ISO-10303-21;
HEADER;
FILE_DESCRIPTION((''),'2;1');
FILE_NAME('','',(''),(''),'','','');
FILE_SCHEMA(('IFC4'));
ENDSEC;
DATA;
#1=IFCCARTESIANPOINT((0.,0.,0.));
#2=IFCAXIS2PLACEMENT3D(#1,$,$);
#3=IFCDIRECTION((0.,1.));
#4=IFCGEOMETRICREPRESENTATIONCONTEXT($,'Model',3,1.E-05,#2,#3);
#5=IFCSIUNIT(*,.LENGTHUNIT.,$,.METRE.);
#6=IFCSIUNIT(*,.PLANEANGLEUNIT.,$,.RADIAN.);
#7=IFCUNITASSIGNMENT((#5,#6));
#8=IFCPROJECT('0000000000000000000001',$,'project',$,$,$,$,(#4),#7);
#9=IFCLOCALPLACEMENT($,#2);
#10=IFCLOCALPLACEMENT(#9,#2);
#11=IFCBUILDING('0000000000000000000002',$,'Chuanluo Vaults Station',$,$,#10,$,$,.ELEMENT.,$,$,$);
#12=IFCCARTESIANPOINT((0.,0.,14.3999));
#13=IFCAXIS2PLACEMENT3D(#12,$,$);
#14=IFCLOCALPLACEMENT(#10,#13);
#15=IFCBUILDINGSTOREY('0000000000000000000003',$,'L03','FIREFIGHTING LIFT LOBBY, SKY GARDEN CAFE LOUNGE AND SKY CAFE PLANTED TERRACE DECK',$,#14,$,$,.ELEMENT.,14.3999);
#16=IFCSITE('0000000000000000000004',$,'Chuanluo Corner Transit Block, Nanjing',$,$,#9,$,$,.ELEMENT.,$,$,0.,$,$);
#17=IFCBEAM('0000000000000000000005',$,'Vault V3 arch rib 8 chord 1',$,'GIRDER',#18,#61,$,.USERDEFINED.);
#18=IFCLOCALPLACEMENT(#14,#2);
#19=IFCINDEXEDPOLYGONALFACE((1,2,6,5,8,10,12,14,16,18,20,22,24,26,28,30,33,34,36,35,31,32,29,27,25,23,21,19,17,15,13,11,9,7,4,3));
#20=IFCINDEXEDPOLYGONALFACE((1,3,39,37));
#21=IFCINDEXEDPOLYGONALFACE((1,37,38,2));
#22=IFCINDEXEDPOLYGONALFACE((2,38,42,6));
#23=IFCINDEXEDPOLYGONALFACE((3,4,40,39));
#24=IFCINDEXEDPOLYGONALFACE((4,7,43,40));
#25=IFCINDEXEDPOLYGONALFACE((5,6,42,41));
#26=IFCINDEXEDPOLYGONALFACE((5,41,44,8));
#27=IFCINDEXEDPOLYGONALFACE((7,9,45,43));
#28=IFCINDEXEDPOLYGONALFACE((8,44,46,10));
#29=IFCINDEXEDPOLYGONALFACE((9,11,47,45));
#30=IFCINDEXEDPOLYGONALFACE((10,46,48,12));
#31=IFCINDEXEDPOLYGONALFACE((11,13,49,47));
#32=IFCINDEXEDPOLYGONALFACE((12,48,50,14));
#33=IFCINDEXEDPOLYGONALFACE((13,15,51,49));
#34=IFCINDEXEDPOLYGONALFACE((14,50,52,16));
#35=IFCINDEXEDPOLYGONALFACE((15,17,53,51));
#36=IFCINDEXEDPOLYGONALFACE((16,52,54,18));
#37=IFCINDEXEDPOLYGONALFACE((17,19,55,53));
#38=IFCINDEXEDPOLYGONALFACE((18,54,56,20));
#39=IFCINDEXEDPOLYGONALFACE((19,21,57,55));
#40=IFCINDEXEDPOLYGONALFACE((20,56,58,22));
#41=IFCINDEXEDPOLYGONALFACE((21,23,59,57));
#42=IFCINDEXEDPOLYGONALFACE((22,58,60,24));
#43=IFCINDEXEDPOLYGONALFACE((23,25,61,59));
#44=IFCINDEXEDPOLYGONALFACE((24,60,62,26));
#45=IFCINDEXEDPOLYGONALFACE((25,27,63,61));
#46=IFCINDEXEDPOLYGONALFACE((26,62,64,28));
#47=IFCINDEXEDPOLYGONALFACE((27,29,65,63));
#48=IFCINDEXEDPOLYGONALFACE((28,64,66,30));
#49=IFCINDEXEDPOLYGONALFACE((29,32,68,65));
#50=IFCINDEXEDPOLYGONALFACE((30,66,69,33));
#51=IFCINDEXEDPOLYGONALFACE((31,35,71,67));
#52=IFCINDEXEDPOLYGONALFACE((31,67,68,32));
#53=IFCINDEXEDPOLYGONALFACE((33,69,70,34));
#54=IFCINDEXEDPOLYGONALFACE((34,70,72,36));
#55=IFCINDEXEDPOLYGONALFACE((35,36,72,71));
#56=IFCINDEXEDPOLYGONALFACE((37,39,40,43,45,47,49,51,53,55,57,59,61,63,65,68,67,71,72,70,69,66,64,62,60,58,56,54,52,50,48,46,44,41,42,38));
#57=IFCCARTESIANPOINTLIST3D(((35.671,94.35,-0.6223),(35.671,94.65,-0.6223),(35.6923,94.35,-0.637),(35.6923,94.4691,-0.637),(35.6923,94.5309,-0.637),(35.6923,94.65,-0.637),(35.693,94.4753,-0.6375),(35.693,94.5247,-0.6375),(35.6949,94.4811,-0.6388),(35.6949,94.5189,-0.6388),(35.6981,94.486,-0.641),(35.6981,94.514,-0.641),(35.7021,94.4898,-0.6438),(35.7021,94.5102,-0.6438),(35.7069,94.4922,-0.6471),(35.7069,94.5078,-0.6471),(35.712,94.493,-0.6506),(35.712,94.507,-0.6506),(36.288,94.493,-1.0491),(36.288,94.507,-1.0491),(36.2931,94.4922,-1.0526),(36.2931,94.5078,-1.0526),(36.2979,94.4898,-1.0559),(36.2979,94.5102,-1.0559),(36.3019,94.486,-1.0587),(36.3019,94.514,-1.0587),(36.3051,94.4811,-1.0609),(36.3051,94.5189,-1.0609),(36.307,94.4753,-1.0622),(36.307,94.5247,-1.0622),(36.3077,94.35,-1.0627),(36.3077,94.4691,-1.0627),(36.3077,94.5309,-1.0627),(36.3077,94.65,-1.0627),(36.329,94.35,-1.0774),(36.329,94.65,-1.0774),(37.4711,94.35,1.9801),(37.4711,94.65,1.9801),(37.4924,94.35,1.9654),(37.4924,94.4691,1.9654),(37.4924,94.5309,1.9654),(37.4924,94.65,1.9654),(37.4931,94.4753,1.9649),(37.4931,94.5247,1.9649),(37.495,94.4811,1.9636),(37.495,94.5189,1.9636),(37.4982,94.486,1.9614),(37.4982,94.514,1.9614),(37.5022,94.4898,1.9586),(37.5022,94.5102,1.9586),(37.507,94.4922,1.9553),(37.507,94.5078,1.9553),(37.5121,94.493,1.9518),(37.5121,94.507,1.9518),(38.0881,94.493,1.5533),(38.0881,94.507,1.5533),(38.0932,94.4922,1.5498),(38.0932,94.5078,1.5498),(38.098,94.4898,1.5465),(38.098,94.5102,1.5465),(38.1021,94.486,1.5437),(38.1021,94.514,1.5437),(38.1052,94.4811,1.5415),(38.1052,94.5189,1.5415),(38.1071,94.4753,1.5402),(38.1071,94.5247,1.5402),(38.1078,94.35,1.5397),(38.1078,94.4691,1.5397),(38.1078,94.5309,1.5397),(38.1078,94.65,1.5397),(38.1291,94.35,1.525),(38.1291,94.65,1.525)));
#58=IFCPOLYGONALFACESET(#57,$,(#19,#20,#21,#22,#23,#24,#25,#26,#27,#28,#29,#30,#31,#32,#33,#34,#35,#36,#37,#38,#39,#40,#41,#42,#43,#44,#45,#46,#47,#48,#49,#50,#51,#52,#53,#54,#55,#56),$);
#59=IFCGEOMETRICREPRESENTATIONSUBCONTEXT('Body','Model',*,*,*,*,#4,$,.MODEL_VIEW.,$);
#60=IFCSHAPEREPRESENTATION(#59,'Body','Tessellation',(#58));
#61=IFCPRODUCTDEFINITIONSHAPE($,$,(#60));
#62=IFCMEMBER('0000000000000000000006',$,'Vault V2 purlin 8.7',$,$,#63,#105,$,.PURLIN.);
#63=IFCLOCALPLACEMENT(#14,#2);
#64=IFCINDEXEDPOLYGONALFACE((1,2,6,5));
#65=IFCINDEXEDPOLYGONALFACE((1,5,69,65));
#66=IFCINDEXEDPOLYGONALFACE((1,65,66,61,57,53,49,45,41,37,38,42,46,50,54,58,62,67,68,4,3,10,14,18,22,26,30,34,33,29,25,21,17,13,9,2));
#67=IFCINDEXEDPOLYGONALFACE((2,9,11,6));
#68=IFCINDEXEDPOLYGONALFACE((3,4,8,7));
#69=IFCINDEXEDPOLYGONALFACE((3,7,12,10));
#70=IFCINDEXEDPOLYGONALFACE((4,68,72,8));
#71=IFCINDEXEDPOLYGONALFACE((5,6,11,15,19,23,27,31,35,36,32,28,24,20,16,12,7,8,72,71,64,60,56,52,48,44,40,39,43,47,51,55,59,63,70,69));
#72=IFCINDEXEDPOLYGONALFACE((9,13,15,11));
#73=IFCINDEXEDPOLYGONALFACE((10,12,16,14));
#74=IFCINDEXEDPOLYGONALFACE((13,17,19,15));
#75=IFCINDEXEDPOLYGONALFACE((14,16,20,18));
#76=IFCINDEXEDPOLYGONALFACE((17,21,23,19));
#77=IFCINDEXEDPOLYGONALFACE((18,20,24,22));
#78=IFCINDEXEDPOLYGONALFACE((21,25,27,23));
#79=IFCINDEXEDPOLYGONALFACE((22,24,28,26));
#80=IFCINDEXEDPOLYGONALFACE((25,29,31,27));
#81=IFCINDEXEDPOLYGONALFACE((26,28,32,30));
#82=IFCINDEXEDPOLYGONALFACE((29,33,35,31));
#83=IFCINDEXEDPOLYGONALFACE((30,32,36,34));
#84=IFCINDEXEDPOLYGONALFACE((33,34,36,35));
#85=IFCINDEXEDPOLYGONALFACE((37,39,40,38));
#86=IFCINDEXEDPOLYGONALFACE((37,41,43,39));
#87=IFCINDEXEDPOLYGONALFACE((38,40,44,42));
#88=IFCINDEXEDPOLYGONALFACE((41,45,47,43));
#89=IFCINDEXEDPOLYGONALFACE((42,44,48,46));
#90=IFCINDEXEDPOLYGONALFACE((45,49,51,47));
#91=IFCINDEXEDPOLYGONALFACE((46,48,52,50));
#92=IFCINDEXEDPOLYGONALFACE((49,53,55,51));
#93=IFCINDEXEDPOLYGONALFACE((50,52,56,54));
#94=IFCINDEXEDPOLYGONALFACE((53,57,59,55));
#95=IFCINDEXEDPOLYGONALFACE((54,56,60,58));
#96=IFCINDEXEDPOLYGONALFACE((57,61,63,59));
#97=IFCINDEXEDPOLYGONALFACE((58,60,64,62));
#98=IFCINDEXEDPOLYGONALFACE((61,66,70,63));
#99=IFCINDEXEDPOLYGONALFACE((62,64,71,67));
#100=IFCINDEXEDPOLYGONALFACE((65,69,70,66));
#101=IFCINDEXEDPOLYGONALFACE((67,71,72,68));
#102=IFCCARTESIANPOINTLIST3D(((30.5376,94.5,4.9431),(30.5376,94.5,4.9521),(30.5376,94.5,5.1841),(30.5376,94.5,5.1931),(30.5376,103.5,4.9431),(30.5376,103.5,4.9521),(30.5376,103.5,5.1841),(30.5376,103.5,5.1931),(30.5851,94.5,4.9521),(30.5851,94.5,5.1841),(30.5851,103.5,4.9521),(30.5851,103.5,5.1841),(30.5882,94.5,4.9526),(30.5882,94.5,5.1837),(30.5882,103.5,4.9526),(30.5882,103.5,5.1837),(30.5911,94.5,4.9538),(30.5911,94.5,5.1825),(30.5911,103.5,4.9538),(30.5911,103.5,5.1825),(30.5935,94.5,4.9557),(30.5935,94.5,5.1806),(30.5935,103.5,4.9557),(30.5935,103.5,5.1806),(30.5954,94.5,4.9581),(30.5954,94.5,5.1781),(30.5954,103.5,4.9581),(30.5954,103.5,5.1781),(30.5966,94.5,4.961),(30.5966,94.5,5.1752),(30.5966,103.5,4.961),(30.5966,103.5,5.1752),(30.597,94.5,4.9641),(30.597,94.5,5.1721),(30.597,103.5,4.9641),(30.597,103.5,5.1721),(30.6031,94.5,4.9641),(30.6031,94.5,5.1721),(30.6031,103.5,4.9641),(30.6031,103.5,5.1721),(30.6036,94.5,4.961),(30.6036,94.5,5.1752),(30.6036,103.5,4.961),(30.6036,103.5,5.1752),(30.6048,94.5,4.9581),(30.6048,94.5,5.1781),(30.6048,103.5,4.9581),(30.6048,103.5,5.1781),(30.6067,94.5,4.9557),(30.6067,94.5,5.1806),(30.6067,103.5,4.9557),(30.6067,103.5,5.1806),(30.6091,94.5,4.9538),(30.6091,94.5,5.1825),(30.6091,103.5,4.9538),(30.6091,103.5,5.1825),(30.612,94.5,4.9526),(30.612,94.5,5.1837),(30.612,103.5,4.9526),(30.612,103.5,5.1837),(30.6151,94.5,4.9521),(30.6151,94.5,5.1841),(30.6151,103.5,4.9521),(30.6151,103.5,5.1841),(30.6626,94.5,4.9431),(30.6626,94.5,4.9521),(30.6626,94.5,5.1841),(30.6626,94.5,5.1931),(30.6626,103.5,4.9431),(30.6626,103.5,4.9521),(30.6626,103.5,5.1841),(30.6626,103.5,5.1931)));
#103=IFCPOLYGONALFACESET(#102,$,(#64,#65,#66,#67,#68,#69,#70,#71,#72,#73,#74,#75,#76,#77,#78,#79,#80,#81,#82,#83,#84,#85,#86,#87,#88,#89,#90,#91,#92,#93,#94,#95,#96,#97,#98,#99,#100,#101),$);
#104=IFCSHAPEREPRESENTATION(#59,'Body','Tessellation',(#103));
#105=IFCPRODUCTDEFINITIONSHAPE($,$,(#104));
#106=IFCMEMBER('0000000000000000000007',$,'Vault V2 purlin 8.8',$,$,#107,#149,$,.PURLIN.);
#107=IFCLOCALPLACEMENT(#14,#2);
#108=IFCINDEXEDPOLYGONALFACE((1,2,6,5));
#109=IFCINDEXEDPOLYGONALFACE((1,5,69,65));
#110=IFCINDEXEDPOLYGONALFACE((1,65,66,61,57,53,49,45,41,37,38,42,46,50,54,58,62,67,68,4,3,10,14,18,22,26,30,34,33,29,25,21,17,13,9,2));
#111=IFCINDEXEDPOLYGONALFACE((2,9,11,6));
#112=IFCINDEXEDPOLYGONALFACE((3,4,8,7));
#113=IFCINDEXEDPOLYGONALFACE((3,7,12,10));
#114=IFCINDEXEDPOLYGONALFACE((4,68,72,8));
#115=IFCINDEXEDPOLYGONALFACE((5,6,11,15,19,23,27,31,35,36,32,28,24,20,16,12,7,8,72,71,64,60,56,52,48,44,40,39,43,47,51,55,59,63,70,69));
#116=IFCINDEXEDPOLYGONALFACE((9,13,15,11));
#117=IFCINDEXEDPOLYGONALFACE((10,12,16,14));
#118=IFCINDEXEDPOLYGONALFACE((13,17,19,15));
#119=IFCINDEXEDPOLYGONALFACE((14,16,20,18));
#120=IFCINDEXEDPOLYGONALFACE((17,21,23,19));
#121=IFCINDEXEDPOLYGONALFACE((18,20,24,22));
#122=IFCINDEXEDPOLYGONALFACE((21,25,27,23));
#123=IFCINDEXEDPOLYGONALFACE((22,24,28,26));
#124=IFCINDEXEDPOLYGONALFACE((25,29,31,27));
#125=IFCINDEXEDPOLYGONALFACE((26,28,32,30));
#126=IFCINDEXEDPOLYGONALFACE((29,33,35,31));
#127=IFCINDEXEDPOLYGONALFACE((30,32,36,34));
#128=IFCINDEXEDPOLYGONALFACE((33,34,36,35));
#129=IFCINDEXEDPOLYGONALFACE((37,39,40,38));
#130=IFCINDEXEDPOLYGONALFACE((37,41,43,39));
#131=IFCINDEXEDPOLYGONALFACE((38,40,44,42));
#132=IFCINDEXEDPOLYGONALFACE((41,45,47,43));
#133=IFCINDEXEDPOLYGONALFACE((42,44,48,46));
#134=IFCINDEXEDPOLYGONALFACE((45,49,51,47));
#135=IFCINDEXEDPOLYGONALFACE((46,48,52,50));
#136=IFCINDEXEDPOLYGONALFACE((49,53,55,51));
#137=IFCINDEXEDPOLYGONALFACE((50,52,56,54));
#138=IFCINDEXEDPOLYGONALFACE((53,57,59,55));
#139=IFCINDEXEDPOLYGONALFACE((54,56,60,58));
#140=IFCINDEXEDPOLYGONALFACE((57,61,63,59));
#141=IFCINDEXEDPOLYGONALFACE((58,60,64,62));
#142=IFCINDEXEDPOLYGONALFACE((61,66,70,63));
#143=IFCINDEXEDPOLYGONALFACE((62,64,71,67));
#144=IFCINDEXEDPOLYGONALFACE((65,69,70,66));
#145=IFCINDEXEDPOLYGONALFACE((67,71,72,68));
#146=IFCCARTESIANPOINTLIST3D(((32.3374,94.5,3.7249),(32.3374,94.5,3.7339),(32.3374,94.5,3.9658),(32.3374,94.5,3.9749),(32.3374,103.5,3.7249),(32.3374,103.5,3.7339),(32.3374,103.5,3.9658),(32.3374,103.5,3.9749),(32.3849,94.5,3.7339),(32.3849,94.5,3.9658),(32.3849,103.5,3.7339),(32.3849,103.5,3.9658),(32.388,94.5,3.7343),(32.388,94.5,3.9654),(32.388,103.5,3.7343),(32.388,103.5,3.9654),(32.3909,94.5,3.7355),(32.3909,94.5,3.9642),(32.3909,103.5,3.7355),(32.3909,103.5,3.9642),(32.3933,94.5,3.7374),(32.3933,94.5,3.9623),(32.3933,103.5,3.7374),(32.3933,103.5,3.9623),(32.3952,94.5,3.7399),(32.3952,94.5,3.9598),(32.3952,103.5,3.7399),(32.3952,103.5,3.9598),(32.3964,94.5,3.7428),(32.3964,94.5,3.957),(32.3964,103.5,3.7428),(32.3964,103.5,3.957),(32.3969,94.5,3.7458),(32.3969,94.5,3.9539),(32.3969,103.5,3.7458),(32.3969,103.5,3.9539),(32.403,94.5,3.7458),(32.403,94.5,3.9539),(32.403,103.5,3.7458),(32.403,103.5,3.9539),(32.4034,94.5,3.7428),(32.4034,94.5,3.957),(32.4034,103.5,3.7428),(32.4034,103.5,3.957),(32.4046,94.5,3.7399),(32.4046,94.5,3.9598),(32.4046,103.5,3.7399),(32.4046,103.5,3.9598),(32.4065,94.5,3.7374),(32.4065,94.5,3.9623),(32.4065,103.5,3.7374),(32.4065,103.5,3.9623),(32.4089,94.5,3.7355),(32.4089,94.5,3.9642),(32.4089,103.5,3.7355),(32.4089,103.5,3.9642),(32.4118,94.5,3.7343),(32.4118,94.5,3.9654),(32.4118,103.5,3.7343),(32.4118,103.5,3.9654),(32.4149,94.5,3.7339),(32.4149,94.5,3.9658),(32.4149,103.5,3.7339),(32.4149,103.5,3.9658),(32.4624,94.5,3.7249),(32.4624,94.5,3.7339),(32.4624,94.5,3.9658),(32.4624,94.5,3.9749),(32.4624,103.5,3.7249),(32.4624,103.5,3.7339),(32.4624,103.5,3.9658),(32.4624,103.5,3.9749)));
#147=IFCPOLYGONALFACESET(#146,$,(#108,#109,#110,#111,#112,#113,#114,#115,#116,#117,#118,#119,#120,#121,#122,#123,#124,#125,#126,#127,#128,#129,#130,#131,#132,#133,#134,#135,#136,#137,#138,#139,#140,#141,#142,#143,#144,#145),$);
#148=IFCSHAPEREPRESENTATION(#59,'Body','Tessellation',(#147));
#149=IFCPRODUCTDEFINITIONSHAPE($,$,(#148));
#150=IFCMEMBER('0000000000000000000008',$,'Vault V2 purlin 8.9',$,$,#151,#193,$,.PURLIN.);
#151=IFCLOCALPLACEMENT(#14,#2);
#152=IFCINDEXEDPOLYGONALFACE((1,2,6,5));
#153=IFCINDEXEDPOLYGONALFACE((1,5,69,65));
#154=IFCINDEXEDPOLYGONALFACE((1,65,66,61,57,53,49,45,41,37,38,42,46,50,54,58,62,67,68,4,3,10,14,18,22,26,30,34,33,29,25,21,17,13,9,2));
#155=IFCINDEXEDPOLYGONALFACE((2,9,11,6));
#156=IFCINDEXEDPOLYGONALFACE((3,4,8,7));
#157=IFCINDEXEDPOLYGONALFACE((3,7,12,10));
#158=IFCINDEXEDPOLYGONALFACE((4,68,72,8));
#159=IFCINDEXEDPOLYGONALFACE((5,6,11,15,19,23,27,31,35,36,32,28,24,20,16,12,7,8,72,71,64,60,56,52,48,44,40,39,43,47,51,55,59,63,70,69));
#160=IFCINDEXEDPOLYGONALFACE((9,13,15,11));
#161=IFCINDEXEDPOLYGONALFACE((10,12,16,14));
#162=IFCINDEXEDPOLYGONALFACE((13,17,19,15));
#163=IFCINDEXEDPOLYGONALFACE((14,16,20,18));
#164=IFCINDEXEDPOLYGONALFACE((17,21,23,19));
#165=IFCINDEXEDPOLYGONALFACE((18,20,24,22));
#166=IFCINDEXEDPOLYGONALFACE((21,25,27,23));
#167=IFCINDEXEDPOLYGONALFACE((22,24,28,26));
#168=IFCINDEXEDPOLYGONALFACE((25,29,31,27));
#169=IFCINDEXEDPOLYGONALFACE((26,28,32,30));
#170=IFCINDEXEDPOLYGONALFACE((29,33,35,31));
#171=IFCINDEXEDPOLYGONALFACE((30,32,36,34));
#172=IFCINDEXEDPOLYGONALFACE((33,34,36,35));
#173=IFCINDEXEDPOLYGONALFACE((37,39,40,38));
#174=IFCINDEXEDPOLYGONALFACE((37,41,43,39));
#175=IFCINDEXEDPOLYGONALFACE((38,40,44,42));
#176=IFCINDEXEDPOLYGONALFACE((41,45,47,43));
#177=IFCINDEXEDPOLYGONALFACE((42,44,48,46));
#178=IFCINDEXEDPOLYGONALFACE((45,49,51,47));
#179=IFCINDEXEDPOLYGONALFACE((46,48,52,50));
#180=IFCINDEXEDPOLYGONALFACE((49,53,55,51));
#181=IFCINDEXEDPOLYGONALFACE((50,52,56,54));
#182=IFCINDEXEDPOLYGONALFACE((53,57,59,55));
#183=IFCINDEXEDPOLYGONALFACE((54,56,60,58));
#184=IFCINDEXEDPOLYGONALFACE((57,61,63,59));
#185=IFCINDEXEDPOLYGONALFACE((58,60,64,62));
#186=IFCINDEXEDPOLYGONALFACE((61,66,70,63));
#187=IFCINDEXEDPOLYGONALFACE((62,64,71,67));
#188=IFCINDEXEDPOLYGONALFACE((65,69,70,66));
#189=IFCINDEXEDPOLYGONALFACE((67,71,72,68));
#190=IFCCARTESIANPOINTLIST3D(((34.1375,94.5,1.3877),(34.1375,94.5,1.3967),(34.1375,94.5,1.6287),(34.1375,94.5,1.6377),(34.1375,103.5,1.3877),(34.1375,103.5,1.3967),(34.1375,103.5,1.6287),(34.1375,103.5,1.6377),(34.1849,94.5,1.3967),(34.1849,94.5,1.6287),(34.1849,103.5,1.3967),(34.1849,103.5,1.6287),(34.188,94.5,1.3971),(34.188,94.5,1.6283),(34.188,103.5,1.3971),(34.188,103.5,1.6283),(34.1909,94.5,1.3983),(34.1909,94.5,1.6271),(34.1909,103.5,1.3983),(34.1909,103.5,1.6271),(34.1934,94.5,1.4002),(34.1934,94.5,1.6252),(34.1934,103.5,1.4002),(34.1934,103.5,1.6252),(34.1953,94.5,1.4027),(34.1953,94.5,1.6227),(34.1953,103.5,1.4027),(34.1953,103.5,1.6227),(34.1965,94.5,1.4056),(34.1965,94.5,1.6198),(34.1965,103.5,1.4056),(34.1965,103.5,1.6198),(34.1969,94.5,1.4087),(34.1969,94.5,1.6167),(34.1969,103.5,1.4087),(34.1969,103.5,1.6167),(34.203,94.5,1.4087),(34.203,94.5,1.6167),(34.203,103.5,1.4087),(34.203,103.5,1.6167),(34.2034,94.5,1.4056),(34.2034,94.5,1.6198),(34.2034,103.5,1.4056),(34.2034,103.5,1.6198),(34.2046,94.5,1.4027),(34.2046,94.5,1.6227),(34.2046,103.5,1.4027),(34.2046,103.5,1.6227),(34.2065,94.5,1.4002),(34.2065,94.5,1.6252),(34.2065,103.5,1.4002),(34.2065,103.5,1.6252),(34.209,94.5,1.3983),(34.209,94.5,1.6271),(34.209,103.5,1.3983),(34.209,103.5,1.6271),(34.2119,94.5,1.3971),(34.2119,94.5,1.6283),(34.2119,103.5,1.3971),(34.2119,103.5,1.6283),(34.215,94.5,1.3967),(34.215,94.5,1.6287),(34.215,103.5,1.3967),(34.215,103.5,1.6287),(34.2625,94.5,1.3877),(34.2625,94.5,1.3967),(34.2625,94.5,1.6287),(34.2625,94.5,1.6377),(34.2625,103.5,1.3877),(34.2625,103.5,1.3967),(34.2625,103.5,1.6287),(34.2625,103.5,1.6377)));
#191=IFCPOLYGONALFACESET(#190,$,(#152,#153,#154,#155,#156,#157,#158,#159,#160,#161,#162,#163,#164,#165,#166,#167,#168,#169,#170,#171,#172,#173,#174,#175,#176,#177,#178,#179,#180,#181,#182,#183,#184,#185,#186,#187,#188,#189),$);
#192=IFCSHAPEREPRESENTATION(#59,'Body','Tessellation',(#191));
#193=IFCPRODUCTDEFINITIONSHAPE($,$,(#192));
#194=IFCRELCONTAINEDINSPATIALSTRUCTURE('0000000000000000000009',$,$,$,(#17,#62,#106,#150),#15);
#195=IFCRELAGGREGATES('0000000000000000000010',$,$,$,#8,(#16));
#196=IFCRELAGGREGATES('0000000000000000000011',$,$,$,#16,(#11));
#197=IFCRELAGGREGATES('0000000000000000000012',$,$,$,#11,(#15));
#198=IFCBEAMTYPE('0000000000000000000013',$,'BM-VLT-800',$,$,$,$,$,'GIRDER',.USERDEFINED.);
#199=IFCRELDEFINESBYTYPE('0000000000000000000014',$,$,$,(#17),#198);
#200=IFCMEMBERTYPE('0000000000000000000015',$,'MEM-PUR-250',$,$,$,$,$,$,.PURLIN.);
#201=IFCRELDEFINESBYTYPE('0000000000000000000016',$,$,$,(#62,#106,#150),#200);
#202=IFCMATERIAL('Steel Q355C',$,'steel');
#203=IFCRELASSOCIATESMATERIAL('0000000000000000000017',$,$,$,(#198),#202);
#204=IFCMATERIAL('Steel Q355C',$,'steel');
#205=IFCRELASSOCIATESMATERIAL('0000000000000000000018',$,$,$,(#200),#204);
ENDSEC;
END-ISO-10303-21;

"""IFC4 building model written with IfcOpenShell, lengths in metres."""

from ifc_helpers import new_model, si_unit, direction, frame, origin, origin_2d, place, context, subcontext, project, spatial, i_section, extrude, material, material_profile, profile_set, type_object, element, save


model = new_model("IFC4")

# Units and contexts
model_context = context("Model", 3, precision=1e-05, world=origin(), true_north=direction((0.0, 1.0)))
body_context = subcontext(model_context, "Body", "Model", "MODEL_VIEW")
ifc_project = project(units=[si_unit("LENGTHUNIT", "METRE"), si_unit("PLANEANGLEUNIT", "RADIAN")], contexts=[model_context])

# Site, building, storey
site_placement = place(None, origin())
site = spatial("IfcSite", under=ifc_project, at=site_placement, Name="Chuanluo Corner Transit Block, Nanjing", CompositionType="ELEMENT", RefElevation=0.0)
building_placement = place(site_placement, origin())
building = spatial("IfcBuilding", under=site, at=building_placement, Name="Chuanluo Vaults Station", CompositionType="ELEMENT")
storey_placement = place(building_placement, frame((0.0, 0.0, 14.3999)))
storey = spatial("IfcBuildingStorey", under=building, at=storey_placement, Name="L03", Description="FIREFIGHTING LIFT LOBBY, SKY GARDEN CAFE LOUNGE AND SKY CAFE PLANTED TERRACE DECK", CompositionType="ELEMENT", Elevation=14.3999)

# Beam
ifc_material_1 = material(Name="Steel Q355C", Category="steel")
ifc_material_profile_1 = material_profile(ifc_material_1, i_section(OverallWidth=0.3, OverallDepth=0.8, WebThickness=0.0139, FlangeThickness=0.0259, FilletRadius=0.0239, at=origin_2d()))
ifc_profile_set_1 = profile_set([ifc_material_profile_1], Name="Steel Q355C")
beam_type_1 = type_object("IfcBeamType", Name="BM-VLT-800", ElementType="GIRDER", PredefinedType="USERDEFINED", material=ifc_profile_set_1)
beam_1_placement = place(storey_placement, frame((36.0, 94.5, -0.8499), z_axis=(0.568881, 0.0, 0.82242), x_axis=(0.0, 1.0, 0.0)))
element("IfcBeam", 1, at=beam_1_placement, inside=storey, type_object=beam_type_1, Name="Vault V3 arch rib 8 chord 1", ObjectType="GIRDER", PredefinedType="USERDEFINED", context=body_context, shape_type="SweptSolid", body=[
    extrude(i_section(OverallWidth=0.3, OverallDepth=0.8, WebThickness=0.0139, FlangeThickness=0.0259, FilletRadius=0.0239, at=origin_2d()), origin(), (0.0, 0.0, 1.0), 3.1643),
])

# Members
ifc_material_2 = material(Name="Steel Q355C", Category="steel")
ifc_material_profile_2 = material_profile(ifc_material_2, i_section(OverallWidth=0.125, OverallDepth=0.25, WebThickness=0.0061, FlangeThickness=0.009, FilletRadius=0.012, at=origin_2d()))
ifc_profile_set_2 = profile_set([ifc_material_profile_2], Name="Steel Q355C")
member_type_1 = type_object("IfcMemberType", Name="MEM-PUR-250", PredefinedType="PURLIN", material=ifc_profile_set_2)
for number, where, z_axis, x_axis, name in (
    (2, (30.6001, 94.5, 5.0681), (0.0, 1.0, 0.0), (-1.0, 0.0, 0.0), "Vault V2 purlin 8.7"),
    (3, (32.3999, 94.5, 3.8499), (0.0, 1.0, 0.0), (-1.0, 0.0, 0.0), "Vault V2 purlin 8.8"),
    (4, (34.2, 94.5, 1.5127), (0.0, 1.0, 0.0), (-1.0, 0.0, 0.0), "Vault V2 purlin 8.9"),
):
    element("IfcMember", number, at=place(storey_placement, frame(where, z_axis=z_axis, x_axis=x_axis)), inside=storey, type_object=member_type_1, Name=name, PredefinedType="PURLIN", context=body_context, shape_type="SweptSolid", body=[
        extrude(i_section(OverallWidth=0.125, OverallDepth=0.25, WebThickness=0.0061, FlangeThickness=0.009, FilletRadius=0.012, at=origin_2d()), origin(), (0.0, 0.0, 1.0), 9.0),
    ])

save(model, "model.ifc")
